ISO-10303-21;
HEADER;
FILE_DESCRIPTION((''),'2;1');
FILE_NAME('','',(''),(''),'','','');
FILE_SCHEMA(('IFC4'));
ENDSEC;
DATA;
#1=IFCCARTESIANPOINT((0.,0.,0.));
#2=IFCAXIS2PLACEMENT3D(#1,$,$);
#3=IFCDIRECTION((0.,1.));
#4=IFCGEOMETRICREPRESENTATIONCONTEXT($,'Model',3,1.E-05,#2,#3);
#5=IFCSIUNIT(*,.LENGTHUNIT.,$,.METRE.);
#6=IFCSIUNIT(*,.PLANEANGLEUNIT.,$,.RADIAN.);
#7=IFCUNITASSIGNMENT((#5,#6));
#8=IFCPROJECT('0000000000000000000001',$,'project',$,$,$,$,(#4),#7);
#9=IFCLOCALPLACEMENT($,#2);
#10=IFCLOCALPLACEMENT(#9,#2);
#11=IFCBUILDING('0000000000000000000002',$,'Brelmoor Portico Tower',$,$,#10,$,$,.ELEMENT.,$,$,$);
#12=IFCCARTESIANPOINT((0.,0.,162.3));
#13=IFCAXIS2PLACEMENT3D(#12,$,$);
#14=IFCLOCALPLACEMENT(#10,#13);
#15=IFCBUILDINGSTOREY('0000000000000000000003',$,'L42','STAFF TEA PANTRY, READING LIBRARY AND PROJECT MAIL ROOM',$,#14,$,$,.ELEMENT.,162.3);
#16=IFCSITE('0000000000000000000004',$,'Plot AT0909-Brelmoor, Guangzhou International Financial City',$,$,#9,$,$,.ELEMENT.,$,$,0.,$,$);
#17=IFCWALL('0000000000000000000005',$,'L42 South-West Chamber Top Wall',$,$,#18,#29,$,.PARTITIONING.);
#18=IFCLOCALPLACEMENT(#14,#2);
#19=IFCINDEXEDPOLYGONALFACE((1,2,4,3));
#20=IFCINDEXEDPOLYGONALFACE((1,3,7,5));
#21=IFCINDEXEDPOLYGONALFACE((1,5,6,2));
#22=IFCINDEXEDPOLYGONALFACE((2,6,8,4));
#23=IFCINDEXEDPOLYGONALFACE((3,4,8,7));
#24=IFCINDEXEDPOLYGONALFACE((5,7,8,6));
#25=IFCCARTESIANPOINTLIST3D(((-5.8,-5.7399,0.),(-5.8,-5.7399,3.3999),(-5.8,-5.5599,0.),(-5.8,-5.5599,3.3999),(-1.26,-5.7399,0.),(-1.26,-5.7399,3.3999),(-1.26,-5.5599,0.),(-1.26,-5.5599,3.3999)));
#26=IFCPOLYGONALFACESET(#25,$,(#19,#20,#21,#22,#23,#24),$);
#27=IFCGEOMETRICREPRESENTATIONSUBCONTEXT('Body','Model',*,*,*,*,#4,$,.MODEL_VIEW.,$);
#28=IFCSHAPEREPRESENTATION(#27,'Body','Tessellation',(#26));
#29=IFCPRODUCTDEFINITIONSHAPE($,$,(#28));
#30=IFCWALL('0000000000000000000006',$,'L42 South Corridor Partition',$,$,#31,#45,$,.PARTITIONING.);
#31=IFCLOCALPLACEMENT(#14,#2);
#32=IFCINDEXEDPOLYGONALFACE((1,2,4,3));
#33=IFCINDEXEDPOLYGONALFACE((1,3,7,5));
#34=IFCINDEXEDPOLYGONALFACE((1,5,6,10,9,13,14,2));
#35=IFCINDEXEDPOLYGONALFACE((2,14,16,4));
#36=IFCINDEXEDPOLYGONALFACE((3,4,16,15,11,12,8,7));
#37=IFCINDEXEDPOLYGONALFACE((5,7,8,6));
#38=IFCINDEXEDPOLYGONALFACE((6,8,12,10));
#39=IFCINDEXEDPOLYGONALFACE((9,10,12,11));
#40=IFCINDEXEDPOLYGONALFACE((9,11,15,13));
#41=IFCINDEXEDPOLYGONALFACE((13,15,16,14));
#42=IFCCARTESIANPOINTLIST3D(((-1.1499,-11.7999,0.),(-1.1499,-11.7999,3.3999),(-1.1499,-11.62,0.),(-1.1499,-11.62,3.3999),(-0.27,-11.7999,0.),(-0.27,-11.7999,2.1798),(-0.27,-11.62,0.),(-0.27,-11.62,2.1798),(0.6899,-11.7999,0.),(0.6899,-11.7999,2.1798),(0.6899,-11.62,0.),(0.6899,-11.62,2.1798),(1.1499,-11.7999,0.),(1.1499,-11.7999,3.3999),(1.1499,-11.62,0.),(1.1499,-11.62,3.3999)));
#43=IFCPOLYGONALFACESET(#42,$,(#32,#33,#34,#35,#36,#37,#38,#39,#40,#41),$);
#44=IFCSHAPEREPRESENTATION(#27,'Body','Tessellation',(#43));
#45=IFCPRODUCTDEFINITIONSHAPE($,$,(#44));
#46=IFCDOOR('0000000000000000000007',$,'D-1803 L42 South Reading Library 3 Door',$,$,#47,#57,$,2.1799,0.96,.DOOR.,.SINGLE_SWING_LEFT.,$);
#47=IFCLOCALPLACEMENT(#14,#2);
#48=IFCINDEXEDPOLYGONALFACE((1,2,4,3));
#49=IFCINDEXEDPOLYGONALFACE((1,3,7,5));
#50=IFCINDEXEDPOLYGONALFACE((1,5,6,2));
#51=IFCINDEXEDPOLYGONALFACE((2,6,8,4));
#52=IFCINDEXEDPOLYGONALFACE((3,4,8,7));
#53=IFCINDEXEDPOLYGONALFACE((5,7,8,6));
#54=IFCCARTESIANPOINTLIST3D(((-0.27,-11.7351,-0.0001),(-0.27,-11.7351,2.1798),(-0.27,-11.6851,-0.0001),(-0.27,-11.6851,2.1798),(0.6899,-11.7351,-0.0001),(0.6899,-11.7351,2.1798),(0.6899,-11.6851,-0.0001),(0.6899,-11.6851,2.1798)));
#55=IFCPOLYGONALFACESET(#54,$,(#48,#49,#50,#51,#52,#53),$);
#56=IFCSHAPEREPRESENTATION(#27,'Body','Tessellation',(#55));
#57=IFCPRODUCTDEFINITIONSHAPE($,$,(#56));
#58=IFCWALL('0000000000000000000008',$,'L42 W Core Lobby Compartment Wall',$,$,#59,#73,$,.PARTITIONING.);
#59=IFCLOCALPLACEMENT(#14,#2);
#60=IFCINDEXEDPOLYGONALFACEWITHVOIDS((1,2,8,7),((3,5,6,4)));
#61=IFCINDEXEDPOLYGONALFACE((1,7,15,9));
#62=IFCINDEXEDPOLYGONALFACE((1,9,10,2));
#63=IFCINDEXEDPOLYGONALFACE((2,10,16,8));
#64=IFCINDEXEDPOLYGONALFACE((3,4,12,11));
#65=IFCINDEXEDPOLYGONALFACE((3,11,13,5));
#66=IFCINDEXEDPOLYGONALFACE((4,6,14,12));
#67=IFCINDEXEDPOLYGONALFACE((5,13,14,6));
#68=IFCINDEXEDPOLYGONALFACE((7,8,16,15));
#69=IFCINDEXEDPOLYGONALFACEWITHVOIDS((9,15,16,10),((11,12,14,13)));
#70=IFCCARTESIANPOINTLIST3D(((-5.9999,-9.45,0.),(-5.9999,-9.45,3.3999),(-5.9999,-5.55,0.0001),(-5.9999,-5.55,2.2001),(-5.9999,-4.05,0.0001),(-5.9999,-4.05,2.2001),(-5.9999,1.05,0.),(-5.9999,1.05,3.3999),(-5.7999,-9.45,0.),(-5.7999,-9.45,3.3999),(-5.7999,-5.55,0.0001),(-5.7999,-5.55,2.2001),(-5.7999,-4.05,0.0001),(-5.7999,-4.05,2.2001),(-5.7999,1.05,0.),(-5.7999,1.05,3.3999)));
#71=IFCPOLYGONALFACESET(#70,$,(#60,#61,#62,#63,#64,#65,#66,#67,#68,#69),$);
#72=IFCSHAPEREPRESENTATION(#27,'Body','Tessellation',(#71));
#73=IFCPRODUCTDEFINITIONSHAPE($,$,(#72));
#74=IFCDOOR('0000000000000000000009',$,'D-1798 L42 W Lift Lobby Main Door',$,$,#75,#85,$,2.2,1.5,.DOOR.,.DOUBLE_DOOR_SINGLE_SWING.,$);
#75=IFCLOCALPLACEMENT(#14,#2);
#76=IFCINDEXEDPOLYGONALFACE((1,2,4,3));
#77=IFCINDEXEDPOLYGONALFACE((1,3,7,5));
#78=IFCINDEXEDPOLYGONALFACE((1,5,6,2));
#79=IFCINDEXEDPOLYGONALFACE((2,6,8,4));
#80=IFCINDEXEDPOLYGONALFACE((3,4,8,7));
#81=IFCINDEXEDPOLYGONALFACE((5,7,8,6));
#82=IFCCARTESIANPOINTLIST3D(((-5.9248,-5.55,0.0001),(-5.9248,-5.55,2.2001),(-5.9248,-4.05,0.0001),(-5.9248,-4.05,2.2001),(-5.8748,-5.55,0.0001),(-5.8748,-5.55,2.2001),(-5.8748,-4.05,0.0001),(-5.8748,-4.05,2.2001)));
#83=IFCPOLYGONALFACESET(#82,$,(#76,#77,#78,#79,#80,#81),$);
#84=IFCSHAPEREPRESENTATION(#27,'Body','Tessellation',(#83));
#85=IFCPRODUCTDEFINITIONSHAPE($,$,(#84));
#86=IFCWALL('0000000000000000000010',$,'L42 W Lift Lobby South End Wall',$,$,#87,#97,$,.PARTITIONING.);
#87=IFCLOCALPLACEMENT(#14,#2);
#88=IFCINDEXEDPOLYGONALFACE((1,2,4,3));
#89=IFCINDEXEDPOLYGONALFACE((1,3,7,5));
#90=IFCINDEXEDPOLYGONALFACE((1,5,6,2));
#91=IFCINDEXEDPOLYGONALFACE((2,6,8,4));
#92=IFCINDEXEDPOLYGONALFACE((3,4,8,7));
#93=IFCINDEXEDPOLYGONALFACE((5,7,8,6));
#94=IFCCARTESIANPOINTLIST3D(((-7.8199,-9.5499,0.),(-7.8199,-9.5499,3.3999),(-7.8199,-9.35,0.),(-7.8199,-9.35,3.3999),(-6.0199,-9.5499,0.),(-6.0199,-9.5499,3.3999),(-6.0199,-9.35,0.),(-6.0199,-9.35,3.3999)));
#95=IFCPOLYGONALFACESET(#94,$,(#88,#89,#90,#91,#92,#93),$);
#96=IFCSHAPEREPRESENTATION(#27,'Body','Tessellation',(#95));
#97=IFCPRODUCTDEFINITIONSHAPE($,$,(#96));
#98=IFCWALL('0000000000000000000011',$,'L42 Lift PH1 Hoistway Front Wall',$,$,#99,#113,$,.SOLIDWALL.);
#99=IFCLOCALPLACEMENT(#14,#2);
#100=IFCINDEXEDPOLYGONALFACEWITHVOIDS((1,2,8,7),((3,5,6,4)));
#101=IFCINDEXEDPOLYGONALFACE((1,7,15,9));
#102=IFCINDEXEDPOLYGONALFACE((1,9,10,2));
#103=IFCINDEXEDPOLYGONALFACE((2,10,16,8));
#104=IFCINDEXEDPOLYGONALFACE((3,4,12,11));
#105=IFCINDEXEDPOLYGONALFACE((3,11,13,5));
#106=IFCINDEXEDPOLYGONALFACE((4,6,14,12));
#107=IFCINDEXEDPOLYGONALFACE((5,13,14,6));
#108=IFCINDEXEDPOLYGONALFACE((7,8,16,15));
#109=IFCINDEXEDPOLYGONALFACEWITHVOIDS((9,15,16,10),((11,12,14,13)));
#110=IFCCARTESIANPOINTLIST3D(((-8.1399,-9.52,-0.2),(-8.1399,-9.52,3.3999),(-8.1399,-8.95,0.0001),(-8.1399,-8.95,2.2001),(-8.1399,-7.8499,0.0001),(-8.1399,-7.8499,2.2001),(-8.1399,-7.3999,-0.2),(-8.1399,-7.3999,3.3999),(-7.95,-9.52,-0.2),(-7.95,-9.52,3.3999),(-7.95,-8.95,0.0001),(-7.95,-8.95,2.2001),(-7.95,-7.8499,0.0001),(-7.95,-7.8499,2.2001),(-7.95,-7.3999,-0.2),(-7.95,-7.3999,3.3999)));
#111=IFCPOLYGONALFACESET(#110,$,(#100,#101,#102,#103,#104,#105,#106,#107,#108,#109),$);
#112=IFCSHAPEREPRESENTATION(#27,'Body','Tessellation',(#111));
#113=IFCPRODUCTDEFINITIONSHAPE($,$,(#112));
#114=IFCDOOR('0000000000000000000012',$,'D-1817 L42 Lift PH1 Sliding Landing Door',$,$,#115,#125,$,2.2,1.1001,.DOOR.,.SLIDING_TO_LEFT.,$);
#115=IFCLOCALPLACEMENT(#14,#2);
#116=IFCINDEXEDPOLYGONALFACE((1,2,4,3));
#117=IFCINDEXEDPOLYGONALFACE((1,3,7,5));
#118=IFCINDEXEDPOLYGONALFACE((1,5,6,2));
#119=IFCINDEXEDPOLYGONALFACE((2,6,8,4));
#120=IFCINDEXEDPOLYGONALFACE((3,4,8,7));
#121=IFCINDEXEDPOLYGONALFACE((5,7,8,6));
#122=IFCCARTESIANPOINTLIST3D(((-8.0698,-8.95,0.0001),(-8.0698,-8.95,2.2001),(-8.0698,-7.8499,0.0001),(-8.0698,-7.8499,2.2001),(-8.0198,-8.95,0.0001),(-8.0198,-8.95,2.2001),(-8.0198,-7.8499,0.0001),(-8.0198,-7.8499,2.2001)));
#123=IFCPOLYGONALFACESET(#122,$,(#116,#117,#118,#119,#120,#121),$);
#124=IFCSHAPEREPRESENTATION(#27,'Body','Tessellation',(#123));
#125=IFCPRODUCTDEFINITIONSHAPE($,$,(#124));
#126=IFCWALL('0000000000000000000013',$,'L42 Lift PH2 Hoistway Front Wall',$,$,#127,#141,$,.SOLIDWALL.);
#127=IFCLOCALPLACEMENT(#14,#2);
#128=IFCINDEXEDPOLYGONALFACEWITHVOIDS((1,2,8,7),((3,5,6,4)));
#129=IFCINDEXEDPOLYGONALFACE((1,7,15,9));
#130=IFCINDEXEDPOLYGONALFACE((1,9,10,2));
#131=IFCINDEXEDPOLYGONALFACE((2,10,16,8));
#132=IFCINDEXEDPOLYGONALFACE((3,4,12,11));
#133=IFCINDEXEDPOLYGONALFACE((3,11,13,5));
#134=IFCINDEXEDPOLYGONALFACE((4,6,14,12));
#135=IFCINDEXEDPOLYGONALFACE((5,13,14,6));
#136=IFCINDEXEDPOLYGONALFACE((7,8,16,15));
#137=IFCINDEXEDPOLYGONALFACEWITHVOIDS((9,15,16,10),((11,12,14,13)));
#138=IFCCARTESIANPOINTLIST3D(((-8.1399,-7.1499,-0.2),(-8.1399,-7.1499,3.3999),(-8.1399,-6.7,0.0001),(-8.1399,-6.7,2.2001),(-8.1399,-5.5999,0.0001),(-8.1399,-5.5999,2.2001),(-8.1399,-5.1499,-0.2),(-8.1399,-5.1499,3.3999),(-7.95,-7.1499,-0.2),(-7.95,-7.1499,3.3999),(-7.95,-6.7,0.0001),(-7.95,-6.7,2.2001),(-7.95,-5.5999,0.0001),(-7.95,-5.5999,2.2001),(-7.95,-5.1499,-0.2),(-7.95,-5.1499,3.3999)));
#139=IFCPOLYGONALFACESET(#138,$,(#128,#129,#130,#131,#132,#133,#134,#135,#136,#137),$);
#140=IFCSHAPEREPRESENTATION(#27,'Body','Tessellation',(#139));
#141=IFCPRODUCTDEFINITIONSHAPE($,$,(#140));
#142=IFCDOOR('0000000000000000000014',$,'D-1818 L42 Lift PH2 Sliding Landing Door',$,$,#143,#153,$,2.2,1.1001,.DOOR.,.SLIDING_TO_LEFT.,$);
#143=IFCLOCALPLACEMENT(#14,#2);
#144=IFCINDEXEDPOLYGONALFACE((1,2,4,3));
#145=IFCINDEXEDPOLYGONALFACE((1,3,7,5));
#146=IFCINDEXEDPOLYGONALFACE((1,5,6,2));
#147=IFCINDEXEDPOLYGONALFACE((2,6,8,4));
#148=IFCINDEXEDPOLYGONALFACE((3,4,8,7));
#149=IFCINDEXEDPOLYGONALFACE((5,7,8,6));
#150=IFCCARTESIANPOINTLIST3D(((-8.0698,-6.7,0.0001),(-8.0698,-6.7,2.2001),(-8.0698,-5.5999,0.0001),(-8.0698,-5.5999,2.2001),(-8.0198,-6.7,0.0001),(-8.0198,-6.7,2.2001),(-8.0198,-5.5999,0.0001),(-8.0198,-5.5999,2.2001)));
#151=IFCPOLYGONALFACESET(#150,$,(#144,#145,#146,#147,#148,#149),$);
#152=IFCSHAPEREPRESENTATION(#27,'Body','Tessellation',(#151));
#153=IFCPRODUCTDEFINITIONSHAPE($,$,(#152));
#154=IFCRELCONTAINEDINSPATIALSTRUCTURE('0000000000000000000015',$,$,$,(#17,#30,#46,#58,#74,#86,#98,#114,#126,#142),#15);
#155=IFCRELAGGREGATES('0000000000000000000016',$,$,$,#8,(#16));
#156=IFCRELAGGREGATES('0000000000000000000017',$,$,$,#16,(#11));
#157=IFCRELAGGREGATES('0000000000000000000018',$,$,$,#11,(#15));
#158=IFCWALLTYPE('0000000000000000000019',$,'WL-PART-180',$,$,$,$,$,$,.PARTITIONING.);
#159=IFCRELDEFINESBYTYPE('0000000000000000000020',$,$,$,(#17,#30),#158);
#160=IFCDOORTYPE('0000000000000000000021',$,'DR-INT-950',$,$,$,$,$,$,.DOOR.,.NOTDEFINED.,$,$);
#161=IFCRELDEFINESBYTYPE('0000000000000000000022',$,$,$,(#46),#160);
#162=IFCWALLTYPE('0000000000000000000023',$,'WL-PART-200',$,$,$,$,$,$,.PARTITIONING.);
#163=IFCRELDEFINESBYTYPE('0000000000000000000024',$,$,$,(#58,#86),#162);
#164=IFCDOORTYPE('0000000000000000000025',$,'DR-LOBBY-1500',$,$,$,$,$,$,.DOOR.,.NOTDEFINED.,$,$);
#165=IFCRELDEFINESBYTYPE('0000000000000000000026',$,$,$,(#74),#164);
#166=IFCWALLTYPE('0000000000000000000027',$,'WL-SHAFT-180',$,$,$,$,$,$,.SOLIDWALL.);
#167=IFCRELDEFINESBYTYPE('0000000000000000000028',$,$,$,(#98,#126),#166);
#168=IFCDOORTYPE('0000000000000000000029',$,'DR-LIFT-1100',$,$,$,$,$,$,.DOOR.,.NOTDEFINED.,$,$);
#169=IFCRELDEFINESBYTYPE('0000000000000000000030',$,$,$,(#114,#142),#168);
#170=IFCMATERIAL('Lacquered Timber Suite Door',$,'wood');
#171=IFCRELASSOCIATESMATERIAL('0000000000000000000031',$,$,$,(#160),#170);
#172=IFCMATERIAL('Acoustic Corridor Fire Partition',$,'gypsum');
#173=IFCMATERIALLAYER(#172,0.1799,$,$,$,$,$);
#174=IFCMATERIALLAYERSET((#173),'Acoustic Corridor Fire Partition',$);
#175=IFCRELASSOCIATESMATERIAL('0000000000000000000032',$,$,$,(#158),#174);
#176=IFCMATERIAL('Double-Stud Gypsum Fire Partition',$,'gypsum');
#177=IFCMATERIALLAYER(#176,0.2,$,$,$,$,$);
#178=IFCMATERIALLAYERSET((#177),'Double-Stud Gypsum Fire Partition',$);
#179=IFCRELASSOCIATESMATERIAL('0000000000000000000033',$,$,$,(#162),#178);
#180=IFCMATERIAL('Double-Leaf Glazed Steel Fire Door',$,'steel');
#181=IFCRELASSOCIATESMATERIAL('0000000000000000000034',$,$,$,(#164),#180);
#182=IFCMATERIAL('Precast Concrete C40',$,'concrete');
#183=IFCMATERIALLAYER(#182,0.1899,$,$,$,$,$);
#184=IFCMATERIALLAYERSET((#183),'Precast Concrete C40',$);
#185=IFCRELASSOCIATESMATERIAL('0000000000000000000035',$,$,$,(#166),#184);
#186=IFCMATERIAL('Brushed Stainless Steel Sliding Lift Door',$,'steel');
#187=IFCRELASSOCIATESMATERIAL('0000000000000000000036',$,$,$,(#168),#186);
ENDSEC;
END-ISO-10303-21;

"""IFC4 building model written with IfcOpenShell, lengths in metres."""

from ifc_helpers import new_model, si_unit, direction, frame, frame_2d, origin, place, context, subcontext, project, spatial, rectangle, extrude, material, layer, layer_set, type_object, element, fill, save


model = new_model("IFC4")

# Units and contexts
model_context = context("Model", 3, precision=1e-05, world=origin(), true_north=direction((0.0, 1.0)))
body_context = subcontext(model_context, "Body", "Model", "MODEL_VIEW")
ifc_project = project(units=[si_unit("LENGTHUNIT", "METRE"), si_unit("PLANEANGLEUNIT", "RADIAN")], contexts=[model_context])

# Site, building, storey
site_placement = place(None, origin())
site = spatial("IfcSite", under=ifc_project, at=site_placement, Name="Plot AT0909-Brelmoor, Guangzhou International Financial City", CompositionType="ELEMENT", RefElevation=0.0)
building_placement = place(site_placement, origin())
building = spatial("IfcBuilding", under=site, at=building_placement, Name="Brelmoor Portico Tower", CompositionType="ELEMENT")
storey_placement = place(building_placement, frame((0.0, 0.0, 162.3)))
storey = spatial("IfcBuildingStorey", under=building, at=storey_placement, Name="L42", Description="STAFF TEA PANTRY, READING LIBRARY AND PROJECT MAIL ROOM", CompositionType="ELEMENT", Elevation=162.3)

# Shared definitions
ifc_material_1 = material(Name="Lacquered Timber Suite Door", Category="wood")
door_type_1 = type_object("IfcDoorType", Name="DR-INT-950", OperationType="NOTDEFINED", PredefinedType="DOOR", material=ifc_material_1)
ifc_material_2 = material(Name="Acoustic Corridor Fire Partition", Category="gypsum")
ifc_layer_1 = layer(ifc_material_2, 0.1799)
ifc_layer_set_1 = layer_set([ifc_layer_1], Name="Acoustic Corridor Fire Partition")
wall_type_1 = type_object("IfcWallType", Name="WL-PART-180", PredefinedType="PARTITIONING", material=ifc_layer_set_1)

# Wall
wall_1_placement = place(storey_placement, frame((-5.8, -5.6499, 0.0), z_axis=(0.0, 0.0, 1.0), x_axis=(1.0, 0.0, 0.0)))
element("IfcWall", 1, at=wall_1_placement, inside=storey, type_object=wall_type_1, Name="L42 South-West Chamber Top Wall", PredefinedType="PARTITIONING", context=body_context, shape_type="SweptSolid", body=[
    extrude(rectangle(XDim=4.54, YDim=0.1799, at=frame_2d((2.27, 0.0))), origin(), (0.0, 0.0, 1.0), 3.3999),
])

# Walls, openings, doors
wall_2_placement = place(storey_placement, frame((-1.1499, -11.71, 0.0), z_axis=(0.0, 0.0, 1.0), x_axis=(1.0, 0.0, 0.0)))
wall_2 = element("IfcWall", 2, at=wall_2_placement, inside=storey, type_object=wall_type_1, Name="L42 South Corridor Partition", PredefinedType="PARTITIONING", context=body_context, shape_type="SweptSolid", body=[
    extrude(rectangle(XDim=2.2998, YDim=0.1799, at=frame_2d((1.1499, 0.0))), origin(), (0.0, 0.0, 1.0), 3.3999),
])
opening_1_placement = place(wall_2_placement, frame((0.8799, 0.0, 0.0)))
opening_1 = element("IfcOpeningElement", 3, at=opening_1_placement, cuts=wall_2, PredefinedType="OPENING", context=body_context, shape_type="SweptSolid", body=[
    extrude(rectangle(XDim=0.96, YDim=2.1799, at=frame_2d((0.48, 1.0898))), frame((0.0, 0.0999, 0.0), z_axis=(0.0, -1.0, 0.0), x_axis=(1.0, 0.0, 0.0)), (0.0, 0.0, 1.0), 0.2),
])
door_1_placement = place(opening_1_placement, origin())
door_1 = element("IfcDoor", 4, at=door_1_placement, inside=storey, type_object=door_type_1, Name="D-1803 L42 South Reading Library 3 Door", OperationType="SINGLE_SWING_LEFT", OverallHeight=2.1799, OverallWidth=0.96, PredefinedType="DOOR", context=body_context, shape_type="SweptSolid", body=[
    extrude(rectangle(XDim=0.96, YDim=2.1799, at=frame_2d((0.48, 1.0898))), frame((0.0, 0.0249, 0.0), z_axis=(0.0, -1.0, 0.0), x_axis=(1.0, 0.0, 0.0)), (0.0, 0.0, 1.0), 0.05),
])
fill(opening_1, door_1)
ifc_material_3 = material(Name="Double-Stud Gypsum Fire Partition", Category="gypsum")
ifc_layer_2 = layer(ifc_material_3, 0.2)
ifc_layer_set_2 = layer_set([ifc_layer_2], Name="Double-Stud Gypsum Fire Partition")
wall_type_2 = type_object("IfcWallType", Name="WL-PART-200", PredefinedType="PARTITIONING", material=ifc_layer_set_2)
wall_3_placement = place(storey_placement, frame((-5.8999, -9.45, 0.0), z_axis=(0.0, 0.0, 1.0), x_axis=(0.0, 1.0, 0.0)))
wall_3 = element("IfcWall", 5, at=wall_3_placement, inside=storey, type_object=wall_type_2, Name="L42 W Core Lobby Compartment Wall", PredefinedType="PARTITIONING", context=body_context, shape_type="SweptSolid", body=[
    extrude(rectangle(XDim=10.5, YDim=0.2, at=frame_2d((5.25, 0.0))), origin(), (0.0, 0.0, 1.0), 3.3999),
])
opening_2_placement = place(wall_3_placement, frame((3.8999, 0.0, 0.0)))
opening_2 = element("IfcOpeningElement", 6, at=opening_2_placement, cuts=wall_3, PredefinedType="OPENING", context=body_context, shape_type="SweptSolid", body=[
    extrude(rectangle(XDim=1.5, YDim=2.2, at=frame_2d((0.75, 1.1001))), frame((0.0, 0.1099, 0.0), z_axis=(0.0, -1.0, 0.0), x_axis=(1.0, 0.0, 0.0)), (0.0, 0.0, 1.0), 0.22),
])
ifc_material_4 = material(Name="Double-Leaf Glazed Steel Fire Door", Category="steel")
door_type_2 = type_object("IfcDoorType", Name="DR-LOBBY-1500", OperationType="NOTDEFINED", PredefinedType="DOOR", material=ifc_material_4)
door_2_placement = place(opening_2_placement, origin())
door_2 = element("IfcDoor", 7, at=door_2_placement, inside=storey, type_object=door_type_2, Name="D-1798 L42 W Lift Lobby Main Door", OperationType="DOUBLE_DOOR_SINGLE_SWING", OverallHeight=2.2, OverallWidth=1.5, PredefinedType="DOOR", context=body_context, shape_type="SweptSolid", body=[
    extrude(rectangle(XDim=1.5, YDim=2.2, at=frame_2d((0.75, 1.1001))), frame((0.0, 0.0249, 0.0), z_axis=(0.0, -1.0, 0.0), x_axis=(1.0, 0.0, 0.0)), (0.0, 0.0, 1.0), 0.05),
])
fill(opening_2, door_2)

# Wall
wall_4_placement = place(storey_placement, frame((-6.02, -9.45, 0.0), z_axis=(0.0, 0.0, 1.0), x_axis=(-1.0, 0.0, 0.0)))
element("IfcWall", 8, at=wall_4_placement, inside=storey, type_object=wall_type_2, Name="L42 W Lift Lobby South End Wall", PredefinedType="PARTITIONING", context=body_context, shape_type="SweptSolid", body=[
    extrude(rectangle(XDim=1.8, YDim=0.2, at=frame_2d((0.8999, 0.0))), origin(), (0.0, 0.0, 1.0), 3.3999),
])

# Walls, openings, doors
ifc_material_5 = material(Name="Precast Concrete C40", Category="concrete")
ifc_layer_3 = layer(ifc_material_5, 0.1899)
ifc_layer_set_3 = layer_set([ifc_layer_3], Name="Precast Concrete C40")
wall_type_3 = type_object("IfcWallType", Name="WL-SHAFT-180", PredefinedType="SOLIDWALL", material=ifc_layer_set_3)
wall_5_placement = place(storey_placement, frame((-8.0449, -9.52, -0.2), z_axis=(0.0, 0.0, 1.0), x_axis=(0.0, 1.0, 0.0)))
wall_5 = element("IfcWall", 9, at=wall_5_placement, inside=storey, type_object=wall_type_3, Name="L42 Lift PH1 Hoistway Front Wall", PredefinedType="SOLIDWALL", context=body_context, shape_type="SweptSolid", body=[
    extrude(rectangle(XDim=2.1201, YDim=0.1899, at=frame_2d((1.0601, 0.0))), origin(), (0.0, 0.0, 1.0), 3.5999),
])
opening_3_placement = place(wall_5_placement, frame((0.5701, 0.0, 0.2)))
opening_3 = element("IfcOpeningElement", 10, at=opening_3_placement, cuts=wall_5, PredefinedType="OPENING", context=body_context, shape_type="SweptSolid", body=[
    extrude(rectangle(XDim=1.1001, YDim=2.2, at=frame_2d((0.55, 1.1001))), frame((0.0, 0.105, 0.0), z_axis=(0.0, -1.0, 0.0), x_axis=(1.0, 0.0, 0.0)), (0.0, 0.0, 1.0), 0.21),
])
ifc_material_6 = material(Name="Brushed Stainless Steel Sliding Lift Door", Category="steel")
door_type_3 = type_object("IfcDoorType", Name="DR-LIFT-1100", OperationType="NOTDEFINED", PredefinedType="DOOR", material=ifc_material_6)
door_3_placement = place(opening_3_placement, origin())
door_3 = element("IfcDoor", 11, at=door_3_placement, inside=storey, type_object=door_type_3, Name="D-1817 L42 Lift PH1 Sliding Landing Door", OperationType="SLIDING_TO_LEFT", OverallHeight=2.2, OverallWidth=1.1001, PredefinedType="DOOR", context=body_context, shape_type="SweptSolid", body=[
    extrude(rectangle(XDim=1.1001, YDim=2.2, at=frame_2d((0.55, 1.1001))), frame((0.0, 0.0249, 0.0), z_axis=(0.0, -1.0, 0.0), x_axis=(1.0, 0.0, 0.0)), (0.0, 0.0, 1.0), 0.05),
])
fill(opening_3, door_3)
wall_6_placement = place(storey_placement, frame((-8.0449, -7.1499, -0.2), z_axis=(0.0, 0.0, 1.0), x_axis=(0.0, 1.0, 0.0)))
wall_6 = element("IfcWall", 12, at=wall_6_placement, inside=storey, type_object=wall_type_3, Name="L42 Lift PH2 Hoistway Front Wall", PredefinedType="SOLIDWALL", context=body_context, shape_type="SweptSolid", body=[
    extrude(rectangle(XDim=2.0, YDim=0.1899, at=frame_2d((1.0, 0.0))), origin(), (0.0, 0.0, 1.0), 3.5999),
])
opening_4_placement = place(wall_6_placement, frame((0.45, 0.0, 0.2)))
opening_4 = element("IfcOpeningElement", 13, at=opening_4_placement, cuts=wall_6, PredefinedType="OPENING", context=body_context, shape_type="SweptSolid", body=[
    extrude(rectangle(XDim=1.1001, YDim=2.2, at=frame_2d((0.55, 1.1001))), frame((0.0, 0.105, 0.0), z_axis=(0.0, -1.0, 0.0), x_axis=(1.0, 0.0, 0.0)), (0.0, 0.0, 1.0), 0.21),
])
door_4_placement = place(opening_4_placement, origin())
door_4 = element("IfcDoor", 14, at=door_4_placement, inside=storey, type_object=door_type_3, Name="D-1818 L42 Lift PH2 Sliding Landing Door", OperationType="SLIDING_TO_LEFT", OverallHeight=2.2, OverallWidth=1.1001, PredefinedType="DOOR", context=body_context, shape_type="SweptSolid", body=[
    extrude(rectangle(XDim=1.1001, YDim=2.2, at=frame_2d((0.55, 1.1001))), frame((0.0, 0.0249, 0.0), z_axis=(0.0, -1.0, 0.0), x_axis=(1.0, 0.0, 0.0)), (0.0, 0.0, 1.0), 0.05),
])
fill(opening_4, door_4)

save(model, "model.ifc")
